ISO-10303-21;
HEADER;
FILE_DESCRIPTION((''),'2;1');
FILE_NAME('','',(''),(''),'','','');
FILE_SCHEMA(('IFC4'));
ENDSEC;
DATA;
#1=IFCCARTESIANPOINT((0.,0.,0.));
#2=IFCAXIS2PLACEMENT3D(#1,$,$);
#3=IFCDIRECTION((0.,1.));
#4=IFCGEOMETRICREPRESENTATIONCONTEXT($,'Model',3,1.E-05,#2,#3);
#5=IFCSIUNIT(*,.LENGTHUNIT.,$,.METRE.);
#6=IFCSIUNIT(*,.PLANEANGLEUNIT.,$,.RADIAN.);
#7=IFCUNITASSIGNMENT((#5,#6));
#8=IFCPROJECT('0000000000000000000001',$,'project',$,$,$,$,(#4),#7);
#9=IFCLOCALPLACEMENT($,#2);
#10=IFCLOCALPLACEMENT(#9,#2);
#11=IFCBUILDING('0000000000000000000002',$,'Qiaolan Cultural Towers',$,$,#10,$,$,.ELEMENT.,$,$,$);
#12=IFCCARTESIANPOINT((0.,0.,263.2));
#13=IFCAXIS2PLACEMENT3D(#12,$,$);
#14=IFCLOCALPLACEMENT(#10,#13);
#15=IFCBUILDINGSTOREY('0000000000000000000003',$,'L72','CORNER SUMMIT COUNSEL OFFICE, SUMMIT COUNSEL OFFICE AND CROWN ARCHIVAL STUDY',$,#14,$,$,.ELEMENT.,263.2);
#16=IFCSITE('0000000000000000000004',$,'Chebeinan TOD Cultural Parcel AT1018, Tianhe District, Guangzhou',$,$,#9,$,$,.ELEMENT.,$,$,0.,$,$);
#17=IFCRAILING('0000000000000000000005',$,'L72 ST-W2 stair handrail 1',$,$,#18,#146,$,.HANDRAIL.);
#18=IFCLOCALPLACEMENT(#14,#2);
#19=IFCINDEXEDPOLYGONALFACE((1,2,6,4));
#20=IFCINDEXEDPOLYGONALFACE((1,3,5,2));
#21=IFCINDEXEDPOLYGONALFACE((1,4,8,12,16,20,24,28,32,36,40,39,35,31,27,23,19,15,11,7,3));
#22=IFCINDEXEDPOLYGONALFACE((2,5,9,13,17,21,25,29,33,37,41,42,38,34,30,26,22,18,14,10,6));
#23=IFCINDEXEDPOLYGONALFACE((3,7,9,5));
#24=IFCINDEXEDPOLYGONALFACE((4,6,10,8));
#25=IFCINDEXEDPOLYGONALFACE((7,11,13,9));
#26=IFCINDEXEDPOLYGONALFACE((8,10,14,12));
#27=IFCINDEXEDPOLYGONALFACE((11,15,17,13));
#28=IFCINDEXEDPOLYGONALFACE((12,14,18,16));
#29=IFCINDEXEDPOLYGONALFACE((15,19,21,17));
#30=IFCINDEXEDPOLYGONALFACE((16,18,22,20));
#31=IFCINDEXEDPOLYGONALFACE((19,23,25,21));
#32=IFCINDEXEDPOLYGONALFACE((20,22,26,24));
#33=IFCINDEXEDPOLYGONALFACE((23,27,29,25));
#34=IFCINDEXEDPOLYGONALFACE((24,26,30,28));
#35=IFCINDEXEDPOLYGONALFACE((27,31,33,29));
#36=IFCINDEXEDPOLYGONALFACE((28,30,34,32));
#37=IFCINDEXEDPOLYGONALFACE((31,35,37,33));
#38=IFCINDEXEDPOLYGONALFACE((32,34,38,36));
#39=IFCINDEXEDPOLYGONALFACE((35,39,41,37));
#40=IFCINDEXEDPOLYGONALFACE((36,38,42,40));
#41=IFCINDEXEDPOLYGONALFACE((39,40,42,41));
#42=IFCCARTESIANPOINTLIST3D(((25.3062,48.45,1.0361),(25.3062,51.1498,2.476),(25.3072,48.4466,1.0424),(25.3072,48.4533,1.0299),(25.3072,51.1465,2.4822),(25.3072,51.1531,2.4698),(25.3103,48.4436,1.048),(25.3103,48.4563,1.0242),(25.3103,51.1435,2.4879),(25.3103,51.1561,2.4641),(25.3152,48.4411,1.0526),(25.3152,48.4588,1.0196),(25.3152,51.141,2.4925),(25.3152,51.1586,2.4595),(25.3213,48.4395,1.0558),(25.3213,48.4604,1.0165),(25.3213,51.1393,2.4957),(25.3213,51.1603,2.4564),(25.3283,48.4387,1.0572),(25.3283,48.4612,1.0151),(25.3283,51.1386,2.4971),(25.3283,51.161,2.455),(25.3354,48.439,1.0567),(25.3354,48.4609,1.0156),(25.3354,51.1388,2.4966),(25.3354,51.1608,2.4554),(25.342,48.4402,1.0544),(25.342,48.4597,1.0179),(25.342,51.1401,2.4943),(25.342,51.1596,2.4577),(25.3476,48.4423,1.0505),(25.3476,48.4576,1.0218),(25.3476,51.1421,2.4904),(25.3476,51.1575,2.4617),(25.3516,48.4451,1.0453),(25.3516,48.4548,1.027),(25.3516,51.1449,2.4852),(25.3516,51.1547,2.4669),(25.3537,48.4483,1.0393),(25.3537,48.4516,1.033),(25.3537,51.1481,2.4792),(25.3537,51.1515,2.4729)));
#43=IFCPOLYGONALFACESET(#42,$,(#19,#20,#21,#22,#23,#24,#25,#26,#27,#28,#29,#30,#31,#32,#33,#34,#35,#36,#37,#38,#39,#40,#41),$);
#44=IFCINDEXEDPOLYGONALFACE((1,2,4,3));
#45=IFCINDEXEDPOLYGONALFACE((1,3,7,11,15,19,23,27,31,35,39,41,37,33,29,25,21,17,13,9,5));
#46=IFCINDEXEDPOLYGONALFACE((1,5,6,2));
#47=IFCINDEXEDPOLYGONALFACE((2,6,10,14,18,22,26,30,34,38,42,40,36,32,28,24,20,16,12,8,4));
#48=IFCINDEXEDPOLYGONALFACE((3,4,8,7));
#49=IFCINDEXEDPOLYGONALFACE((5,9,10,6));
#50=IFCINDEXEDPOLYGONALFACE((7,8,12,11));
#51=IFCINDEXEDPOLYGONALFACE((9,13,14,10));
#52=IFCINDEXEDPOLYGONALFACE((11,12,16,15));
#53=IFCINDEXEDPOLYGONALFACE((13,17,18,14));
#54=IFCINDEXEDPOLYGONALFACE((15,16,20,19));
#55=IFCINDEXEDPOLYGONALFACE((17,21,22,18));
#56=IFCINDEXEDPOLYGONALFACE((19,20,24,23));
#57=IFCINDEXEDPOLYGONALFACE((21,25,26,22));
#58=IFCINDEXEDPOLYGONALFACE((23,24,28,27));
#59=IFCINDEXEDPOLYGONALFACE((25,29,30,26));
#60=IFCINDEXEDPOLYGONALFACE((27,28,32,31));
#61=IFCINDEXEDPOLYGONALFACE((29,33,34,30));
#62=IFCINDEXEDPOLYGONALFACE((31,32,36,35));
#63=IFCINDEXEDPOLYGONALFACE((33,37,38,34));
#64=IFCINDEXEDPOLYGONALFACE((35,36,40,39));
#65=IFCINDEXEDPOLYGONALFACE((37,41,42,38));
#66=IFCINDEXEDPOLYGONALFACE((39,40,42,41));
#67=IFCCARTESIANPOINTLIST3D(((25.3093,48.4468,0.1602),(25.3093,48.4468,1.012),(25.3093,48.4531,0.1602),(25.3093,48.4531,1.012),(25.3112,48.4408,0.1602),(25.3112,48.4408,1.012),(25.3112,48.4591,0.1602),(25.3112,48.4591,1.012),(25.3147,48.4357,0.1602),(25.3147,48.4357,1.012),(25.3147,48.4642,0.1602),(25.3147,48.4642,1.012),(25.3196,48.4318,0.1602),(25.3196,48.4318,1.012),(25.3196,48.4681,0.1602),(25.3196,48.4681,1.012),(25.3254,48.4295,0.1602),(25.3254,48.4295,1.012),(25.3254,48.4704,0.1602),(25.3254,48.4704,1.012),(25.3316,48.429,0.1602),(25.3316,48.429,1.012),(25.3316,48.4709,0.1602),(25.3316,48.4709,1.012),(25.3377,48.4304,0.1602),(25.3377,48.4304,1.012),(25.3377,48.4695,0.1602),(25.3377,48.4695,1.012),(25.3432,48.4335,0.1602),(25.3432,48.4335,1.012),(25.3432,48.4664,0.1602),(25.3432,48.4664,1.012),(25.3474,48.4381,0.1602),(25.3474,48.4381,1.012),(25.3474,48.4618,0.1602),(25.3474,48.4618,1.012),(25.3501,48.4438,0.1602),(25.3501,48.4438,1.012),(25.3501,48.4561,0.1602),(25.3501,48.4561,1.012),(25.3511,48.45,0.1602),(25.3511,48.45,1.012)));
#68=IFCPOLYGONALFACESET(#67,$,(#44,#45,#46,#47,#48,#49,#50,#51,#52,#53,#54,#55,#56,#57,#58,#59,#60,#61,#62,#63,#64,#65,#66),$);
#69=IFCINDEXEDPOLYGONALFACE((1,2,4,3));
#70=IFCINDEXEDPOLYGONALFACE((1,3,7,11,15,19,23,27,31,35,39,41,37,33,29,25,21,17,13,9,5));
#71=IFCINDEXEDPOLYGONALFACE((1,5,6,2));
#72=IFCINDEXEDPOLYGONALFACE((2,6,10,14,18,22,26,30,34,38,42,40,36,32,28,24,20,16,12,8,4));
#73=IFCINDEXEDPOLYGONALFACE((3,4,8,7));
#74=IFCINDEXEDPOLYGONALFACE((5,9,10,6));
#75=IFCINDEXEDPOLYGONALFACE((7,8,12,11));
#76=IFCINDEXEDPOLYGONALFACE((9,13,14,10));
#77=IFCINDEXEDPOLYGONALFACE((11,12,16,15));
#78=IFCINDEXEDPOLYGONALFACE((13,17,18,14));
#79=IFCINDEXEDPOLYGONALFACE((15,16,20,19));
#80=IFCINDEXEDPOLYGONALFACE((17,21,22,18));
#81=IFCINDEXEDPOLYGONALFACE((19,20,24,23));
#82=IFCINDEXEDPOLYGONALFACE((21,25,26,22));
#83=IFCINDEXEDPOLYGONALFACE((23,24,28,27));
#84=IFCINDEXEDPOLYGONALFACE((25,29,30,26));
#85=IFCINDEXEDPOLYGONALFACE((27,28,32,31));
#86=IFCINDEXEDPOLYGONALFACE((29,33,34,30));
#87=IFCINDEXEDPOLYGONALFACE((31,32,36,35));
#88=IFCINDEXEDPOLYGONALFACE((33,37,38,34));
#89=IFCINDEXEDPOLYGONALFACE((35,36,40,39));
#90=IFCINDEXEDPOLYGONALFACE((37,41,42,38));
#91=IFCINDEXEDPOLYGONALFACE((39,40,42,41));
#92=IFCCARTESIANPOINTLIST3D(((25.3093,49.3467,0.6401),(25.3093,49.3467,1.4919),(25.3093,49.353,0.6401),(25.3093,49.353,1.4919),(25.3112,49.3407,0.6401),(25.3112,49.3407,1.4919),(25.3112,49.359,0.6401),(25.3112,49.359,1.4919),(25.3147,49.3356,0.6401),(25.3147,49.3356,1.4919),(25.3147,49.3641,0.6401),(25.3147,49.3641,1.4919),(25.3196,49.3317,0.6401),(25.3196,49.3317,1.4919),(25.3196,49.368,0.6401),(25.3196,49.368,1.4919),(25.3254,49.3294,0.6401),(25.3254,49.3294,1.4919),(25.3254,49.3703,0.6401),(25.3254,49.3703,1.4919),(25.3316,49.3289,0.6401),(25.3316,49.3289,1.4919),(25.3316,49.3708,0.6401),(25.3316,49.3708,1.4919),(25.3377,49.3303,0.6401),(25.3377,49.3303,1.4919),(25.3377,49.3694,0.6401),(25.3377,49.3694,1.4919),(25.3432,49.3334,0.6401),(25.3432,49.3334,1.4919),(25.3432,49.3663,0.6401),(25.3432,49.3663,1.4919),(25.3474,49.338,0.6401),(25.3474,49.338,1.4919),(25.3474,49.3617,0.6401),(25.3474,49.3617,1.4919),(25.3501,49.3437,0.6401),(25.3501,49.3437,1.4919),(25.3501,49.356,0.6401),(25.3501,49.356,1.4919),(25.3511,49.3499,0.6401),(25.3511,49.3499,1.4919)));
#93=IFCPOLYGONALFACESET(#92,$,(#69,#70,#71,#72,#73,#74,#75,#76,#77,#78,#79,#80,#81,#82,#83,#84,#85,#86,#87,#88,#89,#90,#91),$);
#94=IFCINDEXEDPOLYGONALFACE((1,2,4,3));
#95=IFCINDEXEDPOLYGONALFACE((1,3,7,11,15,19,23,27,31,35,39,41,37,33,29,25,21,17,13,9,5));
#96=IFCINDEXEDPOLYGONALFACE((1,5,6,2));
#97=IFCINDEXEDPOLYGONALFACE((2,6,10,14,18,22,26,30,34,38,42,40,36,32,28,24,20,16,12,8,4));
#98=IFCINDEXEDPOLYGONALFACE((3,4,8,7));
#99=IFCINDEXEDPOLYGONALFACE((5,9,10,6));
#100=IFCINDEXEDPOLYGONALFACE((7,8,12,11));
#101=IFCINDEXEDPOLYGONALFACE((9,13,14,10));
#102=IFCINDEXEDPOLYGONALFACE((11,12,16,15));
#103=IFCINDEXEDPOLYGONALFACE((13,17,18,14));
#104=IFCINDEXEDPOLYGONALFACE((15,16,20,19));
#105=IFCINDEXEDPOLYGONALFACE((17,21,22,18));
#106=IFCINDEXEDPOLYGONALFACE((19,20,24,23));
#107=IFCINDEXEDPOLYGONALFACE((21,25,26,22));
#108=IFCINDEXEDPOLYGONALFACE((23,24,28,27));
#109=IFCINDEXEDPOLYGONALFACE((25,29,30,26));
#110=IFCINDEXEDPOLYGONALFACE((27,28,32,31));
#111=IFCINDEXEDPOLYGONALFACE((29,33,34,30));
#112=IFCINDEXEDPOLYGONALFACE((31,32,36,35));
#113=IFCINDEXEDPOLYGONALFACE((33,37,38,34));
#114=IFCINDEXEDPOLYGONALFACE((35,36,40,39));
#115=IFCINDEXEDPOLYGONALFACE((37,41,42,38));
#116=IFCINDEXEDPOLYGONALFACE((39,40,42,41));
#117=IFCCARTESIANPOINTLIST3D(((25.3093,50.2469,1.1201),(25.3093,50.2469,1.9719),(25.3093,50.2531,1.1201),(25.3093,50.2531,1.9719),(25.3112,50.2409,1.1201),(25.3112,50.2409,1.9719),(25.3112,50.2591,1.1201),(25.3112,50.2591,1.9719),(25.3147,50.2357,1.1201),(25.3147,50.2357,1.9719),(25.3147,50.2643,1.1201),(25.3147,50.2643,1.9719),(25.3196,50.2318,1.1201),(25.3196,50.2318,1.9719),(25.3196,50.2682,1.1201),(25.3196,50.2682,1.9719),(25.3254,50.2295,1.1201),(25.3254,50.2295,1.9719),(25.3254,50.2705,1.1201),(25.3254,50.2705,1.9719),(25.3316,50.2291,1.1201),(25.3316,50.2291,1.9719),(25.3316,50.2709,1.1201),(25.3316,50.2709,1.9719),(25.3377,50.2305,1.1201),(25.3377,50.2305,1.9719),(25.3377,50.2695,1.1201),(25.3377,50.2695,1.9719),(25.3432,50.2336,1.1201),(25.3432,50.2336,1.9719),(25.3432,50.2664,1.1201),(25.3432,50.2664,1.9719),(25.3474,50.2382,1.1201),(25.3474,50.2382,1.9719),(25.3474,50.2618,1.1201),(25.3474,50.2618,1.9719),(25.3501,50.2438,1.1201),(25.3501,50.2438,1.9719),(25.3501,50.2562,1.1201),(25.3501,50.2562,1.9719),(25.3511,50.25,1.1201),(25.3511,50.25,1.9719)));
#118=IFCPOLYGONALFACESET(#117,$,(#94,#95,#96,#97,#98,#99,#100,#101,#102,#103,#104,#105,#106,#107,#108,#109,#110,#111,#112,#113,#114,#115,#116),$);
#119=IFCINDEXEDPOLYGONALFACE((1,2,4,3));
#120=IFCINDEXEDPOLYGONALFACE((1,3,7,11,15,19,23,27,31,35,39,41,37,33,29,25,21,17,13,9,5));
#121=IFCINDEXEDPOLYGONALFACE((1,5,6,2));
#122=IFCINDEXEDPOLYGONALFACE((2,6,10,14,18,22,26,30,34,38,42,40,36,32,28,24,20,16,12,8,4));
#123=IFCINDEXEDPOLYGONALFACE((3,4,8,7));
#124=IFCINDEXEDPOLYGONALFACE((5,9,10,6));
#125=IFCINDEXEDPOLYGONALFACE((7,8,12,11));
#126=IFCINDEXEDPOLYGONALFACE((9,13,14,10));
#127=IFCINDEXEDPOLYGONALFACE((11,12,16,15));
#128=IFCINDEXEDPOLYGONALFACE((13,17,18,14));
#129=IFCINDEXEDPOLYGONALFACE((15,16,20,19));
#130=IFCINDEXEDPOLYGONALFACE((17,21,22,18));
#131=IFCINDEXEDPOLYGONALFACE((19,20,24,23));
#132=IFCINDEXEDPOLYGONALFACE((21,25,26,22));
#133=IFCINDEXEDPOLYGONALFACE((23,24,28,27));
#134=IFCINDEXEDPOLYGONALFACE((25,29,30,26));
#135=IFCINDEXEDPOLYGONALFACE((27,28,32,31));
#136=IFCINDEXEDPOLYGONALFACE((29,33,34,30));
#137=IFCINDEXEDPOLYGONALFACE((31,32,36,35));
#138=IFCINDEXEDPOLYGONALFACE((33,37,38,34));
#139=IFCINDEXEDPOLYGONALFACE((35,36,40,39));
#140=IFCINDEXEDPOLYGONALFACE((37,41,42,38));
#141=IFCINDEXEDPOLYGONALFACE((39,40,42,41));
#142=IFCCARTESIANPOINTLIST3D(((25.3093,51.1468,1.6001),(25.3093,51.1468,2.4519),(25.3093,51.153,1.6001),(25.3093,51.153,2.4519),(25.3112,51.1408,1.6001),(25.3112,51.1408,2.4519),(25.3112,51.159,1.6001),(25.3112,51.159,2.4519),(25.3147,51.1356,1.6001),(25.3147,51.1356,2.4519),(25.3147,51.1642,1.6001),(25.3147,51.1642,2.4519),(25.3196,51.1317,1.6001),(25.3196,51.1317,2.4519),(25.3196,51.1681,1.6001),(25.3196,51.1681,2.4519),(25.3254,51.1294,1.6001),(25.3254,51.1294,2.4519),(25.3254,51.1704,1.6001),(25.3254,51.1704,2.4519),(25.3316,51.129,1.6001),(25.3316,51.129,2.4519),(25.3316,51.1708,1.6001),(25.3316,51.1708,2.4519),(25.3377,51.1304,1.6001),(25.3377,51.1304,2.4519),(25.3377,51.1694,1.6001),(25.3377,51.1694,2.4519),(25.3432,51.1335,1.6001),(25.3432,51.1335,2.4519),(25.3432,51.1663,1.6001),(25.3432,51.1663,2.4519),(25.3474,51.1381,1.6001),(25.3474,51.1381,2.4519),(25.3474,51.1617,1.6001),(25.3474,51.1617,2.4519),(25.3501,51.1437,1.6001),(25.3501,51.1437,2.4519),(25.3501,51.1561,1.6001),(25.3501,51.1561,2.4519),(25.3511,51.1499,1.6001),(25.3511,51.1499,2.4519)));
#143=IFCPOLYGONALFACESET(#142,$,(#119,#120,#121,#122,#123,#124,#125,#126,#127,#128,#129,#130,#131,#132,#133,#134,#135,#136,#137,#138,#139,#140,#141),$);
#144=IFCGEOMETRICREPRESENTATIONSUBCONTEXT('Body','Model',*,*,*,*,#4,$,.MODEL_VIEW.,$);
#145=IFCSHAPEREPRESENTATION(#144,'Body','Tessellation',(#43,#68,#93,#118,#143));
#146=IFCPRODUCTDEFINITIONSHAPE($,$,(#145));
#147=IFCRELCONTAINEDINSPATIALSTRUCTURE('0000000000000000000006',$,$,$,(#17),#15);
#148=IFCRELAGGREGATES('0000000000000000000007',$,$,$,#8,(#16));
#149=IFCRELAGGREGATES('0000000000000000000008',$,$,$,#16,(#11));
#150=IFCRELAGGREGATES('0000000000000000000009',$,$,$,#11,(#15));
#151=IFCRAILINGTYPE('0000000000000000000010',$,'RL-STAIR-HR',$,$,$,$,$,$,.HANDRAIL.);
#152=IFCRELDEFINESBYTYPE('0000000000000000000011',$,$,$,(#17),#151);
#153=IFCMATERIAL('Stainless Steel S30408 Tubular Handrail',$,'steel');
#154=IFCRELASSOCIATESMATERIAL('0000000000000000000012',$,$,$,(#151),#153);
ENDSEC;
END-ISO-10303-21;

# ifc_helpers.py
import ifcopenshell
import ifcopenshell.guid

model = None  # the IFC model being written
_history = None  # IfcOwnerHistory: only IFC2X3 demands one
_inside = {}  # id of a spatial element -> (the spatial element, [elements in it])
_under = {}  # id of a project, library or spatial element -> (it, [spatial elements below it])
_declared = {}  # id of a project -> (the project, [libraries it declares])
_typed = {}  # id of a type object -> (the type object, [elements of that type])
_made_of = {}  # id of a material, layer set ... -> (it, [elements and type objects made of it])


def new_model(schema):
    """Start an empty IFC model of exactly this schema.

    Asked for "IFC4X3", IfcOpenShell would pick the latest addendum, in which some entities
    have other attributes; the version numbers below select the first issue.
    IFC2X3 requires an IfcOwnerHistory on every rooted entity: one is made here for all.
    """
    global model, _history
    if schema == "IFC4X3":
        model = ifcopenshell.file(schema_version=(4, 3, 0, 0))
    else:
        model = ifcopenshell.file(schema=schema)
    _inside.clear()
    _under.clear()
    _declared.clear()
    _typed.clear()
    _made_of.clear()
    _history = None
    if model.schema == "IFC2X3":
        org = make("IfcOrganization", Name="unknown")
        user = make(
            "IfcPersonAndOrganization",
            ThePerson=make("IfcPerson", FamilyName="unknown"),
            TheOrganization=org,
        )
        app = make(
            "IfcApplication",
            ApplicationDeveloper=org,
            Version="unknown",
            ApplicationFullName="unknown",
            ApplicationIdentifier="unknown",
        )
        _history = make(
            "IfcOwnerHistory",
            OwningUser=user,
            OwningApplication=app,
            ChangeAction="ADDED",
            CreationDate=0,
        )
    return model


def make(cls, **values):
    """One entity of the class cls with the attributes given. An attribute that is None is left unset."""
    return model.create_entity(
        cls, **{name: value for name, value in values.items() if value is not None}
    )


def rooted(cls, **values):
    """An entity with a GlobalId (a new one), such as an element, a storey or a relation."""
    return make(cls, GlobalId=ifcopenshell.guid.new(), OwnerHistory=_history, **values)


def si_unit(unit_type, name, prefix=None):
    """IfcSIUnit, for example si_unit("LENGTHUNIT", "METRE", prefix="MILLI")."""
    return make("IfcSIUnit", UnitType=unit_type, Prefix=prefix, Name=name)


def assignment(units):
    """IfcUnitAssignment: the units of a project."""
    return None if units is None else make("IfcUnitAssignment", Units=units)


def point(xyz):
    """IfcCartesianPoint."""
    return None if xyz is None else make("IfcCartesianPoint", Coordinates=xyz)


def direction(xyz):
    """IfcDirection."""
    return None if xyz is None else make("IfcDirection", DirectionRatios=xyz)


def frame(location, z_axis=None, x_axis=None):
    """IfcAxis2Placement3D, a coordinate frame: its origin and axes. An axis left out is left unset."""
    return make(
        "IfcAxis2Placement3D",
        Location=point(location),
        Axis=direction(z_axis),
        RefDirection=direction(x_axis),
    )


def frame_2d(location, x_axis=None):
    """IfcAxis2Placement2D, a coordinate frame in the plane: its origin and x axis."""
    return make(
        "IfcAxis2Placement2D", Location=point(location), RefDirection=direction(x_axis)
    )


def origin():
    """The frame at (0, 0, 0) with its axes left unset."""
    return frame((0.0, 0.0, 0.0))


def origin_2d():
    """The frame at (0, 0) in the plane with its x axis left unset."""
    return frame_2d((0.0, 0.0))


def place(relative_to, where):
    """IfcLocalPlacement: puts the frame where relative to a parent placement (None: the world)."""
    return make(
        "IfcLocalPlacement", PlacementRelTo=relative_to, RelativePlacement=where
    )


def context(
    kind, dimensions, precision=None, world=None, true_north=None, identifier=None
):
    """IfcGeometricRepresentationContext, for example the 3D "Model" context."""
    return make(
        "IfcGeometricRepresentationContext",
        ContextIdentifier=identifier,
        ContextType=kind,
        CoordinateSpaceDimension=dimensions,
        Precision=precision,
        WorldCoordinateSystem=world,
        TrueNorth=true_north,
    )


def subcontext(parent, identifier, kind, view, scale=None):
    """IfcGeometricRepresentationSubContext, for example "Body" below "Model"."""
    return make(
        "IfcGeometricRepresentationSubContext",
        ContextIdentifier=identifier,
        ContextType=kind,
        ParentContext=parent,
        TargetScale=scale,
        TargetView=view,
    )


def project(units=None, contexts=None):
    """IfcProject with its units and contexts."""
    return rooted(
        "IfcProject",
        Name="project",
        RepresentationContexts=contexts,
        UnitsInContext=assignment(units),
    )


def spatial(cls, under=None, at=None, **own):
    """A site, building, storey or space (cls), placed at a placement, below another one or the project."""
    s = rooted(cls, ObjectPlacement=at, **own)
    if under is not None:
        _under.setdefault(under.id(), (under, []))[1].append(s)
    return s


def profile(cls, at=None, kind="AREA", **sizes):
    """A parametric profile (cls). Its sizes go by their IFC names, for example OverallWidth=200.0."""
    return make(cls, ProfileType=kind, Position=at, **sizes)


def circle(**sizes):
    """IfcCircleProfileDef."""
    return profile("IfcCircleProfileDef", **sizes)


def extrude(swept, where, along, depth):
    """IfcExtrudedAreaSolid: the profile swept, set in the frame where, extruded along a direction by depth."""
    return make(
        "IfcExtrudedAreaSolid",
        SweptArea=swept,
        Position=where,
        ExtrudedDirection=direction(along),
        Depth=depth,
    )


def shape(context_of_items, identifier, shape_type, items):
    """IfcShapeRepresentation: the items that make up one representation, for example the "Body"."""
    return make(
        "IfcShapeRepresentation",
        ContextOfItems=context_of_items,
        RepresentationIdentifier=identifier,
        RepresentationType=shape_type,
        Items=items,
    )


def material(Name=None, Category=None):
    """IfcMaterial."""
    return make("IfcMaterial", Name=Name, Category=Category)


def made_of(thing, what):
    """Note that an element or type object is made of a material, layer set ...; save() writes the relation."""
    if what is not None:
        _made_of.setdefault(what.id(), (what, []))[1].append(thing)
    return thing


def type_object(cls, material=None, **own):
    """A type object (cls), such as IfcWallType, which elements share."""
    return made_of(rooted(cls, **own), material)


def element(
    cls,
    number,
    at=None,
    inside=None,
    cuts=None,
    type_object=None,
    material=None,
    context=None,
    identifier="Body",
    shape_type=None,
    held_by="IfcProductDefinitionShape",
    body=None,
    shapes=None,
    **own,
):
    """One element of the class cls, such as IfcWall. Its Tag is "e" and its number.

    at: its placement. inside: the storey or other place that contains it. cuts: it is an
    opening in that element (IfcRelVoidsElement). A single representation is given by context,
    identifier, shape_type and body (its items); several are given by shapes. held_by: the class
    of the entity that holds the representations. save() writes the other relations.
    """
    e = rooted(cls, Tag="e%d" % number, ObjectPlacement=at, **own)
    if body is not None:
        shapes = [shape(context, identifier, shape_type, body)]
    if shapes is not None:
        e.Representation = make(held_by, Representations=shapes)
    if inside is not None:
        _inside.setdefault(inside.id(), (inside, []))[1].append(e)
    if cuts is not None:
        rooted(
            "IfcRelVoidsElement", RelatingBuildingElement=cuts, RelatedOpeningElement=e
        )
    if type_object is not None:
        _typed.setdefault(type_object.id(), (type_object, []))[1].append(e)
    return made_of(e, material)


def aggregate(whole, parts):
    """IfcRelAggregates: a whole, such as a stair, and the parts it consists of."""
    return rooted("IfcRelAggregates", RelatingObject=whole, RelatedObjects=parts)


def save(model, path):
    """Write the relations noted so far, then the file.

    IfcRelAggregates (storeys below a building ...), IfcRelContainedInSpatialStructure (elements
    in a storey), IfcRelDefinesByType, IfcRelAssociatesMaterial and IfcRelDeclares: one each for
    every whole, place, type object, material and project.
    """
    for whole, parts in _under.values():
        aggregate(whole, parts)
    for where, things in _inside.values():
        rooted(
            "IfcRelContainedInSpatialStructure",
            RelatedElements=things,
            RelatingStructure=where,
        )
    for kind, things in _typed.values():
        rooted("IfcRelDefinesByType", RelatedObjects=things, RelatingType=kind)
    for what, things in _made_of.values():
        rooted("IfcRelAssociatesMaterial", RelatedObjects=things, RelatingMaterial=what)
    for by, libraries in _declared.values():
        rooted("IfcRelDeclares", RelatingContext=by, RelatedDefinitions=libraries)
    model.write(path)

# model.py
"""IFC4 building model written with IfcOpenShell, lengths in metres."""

from ifc_helpers import new_model, si_unit, direction, frame, origin, origin_2d, place, context, subcontext, project, spatial, circle, extrude, material, type_object, element, save


model = new_model("IFC4")

# Units and contexts
model_context = context("Model", 3, precision=1e-05, world=origin(), true_north=direction((0.0, 1.0)))
body_context = subcontext(model_context, "Body", "Model", "MODEL_VIEW")
ifc_project = project(units=[si_unit("LENGTHUNIT", "METRE"), si_unit("PLANEANGLEUNIT", "RADIAN")], contexts=[model_context])

# Site, building, storey
site_placement = place(None, origin())
site = spatial("IfcSite", under=ifc_project, at=site_placement, Name="Chebeinan TOD Cultural Parcel AT1018, Tianhe District, Guangzhou", CompositionType="ELEMENT", RefElevation=0.0)
building_placement = place(site_placement, origin())
building = spatial("IfcBuilding", under=site, at=building_placement, Name="Qiaolan Cultural Towers", CompositionType="ELEMENT")
storey_placement = place(building_placement, frame((0.0, 0.0, 263.2)))
storey = spatial("IfcBuildingStorey", under=building, at=storey_placement, Name="L72", Description="CORNER SUMMIT COUNSEL OFFICE, SUMMIT COUNSEL OFFICE AND CROWN ARCHIVAL STUDY", CompositionType="ELEMENT", Elevation=263.2)

# Railing
ifc_material_1 = material(Name="Stainless Steel S30408 Tubular Handrail", Category="steel")
railing_type_1 = type_object("IfcRailingType", Name="RL-STAIR-HR", PredefinedType="HANDRAIL", material=ifc_material_1)
railing_1_placement = place(storey_placement, frame((25.3301, 48.45, 0.1602)))
element("IfcRailing", 1, at=railing_1_placement, inside=storey, type_object=railing_type_1, Name="L72 ST-W2 stair handrail 1", PredefinedType="HANDRAIL", context=body_context, shape_type="SweptSolid", body=[
    extrude(circle(Radius=0.0239, at=origin_2d()), frame((0.0, 0.0, 0.876), z_axis=(0.0, 0.882357, 0.47058), x_axis=(-1.0, 0.0, 0.0)), (0.0, 0.0, 1.0), 3.0598),
    extrude(circle(Radius=0.021, at=origin_2d()), origin(), (0.0, 0.0, 1.0), 0.8518),
    extrude(circle(Radius=0.021, at=origin_2d()), frame((0.0, 0.8999, 0.48)), (0.0, 0.0, 1.0), 0.8518),
    extrude(circle(Radius=0.021, at=origin_2d()), frame((0.0, 1.8, 0.96)), (0.0, 0.0, 1.0), 0.8518),
    extrude(circle(Radius=0.021, at=origin_2d()), frame((0.0, 2.7, 1.4399)), (0.0, 0.0, 1.0), 0.8518),
])

save(model, "model.ifc")
